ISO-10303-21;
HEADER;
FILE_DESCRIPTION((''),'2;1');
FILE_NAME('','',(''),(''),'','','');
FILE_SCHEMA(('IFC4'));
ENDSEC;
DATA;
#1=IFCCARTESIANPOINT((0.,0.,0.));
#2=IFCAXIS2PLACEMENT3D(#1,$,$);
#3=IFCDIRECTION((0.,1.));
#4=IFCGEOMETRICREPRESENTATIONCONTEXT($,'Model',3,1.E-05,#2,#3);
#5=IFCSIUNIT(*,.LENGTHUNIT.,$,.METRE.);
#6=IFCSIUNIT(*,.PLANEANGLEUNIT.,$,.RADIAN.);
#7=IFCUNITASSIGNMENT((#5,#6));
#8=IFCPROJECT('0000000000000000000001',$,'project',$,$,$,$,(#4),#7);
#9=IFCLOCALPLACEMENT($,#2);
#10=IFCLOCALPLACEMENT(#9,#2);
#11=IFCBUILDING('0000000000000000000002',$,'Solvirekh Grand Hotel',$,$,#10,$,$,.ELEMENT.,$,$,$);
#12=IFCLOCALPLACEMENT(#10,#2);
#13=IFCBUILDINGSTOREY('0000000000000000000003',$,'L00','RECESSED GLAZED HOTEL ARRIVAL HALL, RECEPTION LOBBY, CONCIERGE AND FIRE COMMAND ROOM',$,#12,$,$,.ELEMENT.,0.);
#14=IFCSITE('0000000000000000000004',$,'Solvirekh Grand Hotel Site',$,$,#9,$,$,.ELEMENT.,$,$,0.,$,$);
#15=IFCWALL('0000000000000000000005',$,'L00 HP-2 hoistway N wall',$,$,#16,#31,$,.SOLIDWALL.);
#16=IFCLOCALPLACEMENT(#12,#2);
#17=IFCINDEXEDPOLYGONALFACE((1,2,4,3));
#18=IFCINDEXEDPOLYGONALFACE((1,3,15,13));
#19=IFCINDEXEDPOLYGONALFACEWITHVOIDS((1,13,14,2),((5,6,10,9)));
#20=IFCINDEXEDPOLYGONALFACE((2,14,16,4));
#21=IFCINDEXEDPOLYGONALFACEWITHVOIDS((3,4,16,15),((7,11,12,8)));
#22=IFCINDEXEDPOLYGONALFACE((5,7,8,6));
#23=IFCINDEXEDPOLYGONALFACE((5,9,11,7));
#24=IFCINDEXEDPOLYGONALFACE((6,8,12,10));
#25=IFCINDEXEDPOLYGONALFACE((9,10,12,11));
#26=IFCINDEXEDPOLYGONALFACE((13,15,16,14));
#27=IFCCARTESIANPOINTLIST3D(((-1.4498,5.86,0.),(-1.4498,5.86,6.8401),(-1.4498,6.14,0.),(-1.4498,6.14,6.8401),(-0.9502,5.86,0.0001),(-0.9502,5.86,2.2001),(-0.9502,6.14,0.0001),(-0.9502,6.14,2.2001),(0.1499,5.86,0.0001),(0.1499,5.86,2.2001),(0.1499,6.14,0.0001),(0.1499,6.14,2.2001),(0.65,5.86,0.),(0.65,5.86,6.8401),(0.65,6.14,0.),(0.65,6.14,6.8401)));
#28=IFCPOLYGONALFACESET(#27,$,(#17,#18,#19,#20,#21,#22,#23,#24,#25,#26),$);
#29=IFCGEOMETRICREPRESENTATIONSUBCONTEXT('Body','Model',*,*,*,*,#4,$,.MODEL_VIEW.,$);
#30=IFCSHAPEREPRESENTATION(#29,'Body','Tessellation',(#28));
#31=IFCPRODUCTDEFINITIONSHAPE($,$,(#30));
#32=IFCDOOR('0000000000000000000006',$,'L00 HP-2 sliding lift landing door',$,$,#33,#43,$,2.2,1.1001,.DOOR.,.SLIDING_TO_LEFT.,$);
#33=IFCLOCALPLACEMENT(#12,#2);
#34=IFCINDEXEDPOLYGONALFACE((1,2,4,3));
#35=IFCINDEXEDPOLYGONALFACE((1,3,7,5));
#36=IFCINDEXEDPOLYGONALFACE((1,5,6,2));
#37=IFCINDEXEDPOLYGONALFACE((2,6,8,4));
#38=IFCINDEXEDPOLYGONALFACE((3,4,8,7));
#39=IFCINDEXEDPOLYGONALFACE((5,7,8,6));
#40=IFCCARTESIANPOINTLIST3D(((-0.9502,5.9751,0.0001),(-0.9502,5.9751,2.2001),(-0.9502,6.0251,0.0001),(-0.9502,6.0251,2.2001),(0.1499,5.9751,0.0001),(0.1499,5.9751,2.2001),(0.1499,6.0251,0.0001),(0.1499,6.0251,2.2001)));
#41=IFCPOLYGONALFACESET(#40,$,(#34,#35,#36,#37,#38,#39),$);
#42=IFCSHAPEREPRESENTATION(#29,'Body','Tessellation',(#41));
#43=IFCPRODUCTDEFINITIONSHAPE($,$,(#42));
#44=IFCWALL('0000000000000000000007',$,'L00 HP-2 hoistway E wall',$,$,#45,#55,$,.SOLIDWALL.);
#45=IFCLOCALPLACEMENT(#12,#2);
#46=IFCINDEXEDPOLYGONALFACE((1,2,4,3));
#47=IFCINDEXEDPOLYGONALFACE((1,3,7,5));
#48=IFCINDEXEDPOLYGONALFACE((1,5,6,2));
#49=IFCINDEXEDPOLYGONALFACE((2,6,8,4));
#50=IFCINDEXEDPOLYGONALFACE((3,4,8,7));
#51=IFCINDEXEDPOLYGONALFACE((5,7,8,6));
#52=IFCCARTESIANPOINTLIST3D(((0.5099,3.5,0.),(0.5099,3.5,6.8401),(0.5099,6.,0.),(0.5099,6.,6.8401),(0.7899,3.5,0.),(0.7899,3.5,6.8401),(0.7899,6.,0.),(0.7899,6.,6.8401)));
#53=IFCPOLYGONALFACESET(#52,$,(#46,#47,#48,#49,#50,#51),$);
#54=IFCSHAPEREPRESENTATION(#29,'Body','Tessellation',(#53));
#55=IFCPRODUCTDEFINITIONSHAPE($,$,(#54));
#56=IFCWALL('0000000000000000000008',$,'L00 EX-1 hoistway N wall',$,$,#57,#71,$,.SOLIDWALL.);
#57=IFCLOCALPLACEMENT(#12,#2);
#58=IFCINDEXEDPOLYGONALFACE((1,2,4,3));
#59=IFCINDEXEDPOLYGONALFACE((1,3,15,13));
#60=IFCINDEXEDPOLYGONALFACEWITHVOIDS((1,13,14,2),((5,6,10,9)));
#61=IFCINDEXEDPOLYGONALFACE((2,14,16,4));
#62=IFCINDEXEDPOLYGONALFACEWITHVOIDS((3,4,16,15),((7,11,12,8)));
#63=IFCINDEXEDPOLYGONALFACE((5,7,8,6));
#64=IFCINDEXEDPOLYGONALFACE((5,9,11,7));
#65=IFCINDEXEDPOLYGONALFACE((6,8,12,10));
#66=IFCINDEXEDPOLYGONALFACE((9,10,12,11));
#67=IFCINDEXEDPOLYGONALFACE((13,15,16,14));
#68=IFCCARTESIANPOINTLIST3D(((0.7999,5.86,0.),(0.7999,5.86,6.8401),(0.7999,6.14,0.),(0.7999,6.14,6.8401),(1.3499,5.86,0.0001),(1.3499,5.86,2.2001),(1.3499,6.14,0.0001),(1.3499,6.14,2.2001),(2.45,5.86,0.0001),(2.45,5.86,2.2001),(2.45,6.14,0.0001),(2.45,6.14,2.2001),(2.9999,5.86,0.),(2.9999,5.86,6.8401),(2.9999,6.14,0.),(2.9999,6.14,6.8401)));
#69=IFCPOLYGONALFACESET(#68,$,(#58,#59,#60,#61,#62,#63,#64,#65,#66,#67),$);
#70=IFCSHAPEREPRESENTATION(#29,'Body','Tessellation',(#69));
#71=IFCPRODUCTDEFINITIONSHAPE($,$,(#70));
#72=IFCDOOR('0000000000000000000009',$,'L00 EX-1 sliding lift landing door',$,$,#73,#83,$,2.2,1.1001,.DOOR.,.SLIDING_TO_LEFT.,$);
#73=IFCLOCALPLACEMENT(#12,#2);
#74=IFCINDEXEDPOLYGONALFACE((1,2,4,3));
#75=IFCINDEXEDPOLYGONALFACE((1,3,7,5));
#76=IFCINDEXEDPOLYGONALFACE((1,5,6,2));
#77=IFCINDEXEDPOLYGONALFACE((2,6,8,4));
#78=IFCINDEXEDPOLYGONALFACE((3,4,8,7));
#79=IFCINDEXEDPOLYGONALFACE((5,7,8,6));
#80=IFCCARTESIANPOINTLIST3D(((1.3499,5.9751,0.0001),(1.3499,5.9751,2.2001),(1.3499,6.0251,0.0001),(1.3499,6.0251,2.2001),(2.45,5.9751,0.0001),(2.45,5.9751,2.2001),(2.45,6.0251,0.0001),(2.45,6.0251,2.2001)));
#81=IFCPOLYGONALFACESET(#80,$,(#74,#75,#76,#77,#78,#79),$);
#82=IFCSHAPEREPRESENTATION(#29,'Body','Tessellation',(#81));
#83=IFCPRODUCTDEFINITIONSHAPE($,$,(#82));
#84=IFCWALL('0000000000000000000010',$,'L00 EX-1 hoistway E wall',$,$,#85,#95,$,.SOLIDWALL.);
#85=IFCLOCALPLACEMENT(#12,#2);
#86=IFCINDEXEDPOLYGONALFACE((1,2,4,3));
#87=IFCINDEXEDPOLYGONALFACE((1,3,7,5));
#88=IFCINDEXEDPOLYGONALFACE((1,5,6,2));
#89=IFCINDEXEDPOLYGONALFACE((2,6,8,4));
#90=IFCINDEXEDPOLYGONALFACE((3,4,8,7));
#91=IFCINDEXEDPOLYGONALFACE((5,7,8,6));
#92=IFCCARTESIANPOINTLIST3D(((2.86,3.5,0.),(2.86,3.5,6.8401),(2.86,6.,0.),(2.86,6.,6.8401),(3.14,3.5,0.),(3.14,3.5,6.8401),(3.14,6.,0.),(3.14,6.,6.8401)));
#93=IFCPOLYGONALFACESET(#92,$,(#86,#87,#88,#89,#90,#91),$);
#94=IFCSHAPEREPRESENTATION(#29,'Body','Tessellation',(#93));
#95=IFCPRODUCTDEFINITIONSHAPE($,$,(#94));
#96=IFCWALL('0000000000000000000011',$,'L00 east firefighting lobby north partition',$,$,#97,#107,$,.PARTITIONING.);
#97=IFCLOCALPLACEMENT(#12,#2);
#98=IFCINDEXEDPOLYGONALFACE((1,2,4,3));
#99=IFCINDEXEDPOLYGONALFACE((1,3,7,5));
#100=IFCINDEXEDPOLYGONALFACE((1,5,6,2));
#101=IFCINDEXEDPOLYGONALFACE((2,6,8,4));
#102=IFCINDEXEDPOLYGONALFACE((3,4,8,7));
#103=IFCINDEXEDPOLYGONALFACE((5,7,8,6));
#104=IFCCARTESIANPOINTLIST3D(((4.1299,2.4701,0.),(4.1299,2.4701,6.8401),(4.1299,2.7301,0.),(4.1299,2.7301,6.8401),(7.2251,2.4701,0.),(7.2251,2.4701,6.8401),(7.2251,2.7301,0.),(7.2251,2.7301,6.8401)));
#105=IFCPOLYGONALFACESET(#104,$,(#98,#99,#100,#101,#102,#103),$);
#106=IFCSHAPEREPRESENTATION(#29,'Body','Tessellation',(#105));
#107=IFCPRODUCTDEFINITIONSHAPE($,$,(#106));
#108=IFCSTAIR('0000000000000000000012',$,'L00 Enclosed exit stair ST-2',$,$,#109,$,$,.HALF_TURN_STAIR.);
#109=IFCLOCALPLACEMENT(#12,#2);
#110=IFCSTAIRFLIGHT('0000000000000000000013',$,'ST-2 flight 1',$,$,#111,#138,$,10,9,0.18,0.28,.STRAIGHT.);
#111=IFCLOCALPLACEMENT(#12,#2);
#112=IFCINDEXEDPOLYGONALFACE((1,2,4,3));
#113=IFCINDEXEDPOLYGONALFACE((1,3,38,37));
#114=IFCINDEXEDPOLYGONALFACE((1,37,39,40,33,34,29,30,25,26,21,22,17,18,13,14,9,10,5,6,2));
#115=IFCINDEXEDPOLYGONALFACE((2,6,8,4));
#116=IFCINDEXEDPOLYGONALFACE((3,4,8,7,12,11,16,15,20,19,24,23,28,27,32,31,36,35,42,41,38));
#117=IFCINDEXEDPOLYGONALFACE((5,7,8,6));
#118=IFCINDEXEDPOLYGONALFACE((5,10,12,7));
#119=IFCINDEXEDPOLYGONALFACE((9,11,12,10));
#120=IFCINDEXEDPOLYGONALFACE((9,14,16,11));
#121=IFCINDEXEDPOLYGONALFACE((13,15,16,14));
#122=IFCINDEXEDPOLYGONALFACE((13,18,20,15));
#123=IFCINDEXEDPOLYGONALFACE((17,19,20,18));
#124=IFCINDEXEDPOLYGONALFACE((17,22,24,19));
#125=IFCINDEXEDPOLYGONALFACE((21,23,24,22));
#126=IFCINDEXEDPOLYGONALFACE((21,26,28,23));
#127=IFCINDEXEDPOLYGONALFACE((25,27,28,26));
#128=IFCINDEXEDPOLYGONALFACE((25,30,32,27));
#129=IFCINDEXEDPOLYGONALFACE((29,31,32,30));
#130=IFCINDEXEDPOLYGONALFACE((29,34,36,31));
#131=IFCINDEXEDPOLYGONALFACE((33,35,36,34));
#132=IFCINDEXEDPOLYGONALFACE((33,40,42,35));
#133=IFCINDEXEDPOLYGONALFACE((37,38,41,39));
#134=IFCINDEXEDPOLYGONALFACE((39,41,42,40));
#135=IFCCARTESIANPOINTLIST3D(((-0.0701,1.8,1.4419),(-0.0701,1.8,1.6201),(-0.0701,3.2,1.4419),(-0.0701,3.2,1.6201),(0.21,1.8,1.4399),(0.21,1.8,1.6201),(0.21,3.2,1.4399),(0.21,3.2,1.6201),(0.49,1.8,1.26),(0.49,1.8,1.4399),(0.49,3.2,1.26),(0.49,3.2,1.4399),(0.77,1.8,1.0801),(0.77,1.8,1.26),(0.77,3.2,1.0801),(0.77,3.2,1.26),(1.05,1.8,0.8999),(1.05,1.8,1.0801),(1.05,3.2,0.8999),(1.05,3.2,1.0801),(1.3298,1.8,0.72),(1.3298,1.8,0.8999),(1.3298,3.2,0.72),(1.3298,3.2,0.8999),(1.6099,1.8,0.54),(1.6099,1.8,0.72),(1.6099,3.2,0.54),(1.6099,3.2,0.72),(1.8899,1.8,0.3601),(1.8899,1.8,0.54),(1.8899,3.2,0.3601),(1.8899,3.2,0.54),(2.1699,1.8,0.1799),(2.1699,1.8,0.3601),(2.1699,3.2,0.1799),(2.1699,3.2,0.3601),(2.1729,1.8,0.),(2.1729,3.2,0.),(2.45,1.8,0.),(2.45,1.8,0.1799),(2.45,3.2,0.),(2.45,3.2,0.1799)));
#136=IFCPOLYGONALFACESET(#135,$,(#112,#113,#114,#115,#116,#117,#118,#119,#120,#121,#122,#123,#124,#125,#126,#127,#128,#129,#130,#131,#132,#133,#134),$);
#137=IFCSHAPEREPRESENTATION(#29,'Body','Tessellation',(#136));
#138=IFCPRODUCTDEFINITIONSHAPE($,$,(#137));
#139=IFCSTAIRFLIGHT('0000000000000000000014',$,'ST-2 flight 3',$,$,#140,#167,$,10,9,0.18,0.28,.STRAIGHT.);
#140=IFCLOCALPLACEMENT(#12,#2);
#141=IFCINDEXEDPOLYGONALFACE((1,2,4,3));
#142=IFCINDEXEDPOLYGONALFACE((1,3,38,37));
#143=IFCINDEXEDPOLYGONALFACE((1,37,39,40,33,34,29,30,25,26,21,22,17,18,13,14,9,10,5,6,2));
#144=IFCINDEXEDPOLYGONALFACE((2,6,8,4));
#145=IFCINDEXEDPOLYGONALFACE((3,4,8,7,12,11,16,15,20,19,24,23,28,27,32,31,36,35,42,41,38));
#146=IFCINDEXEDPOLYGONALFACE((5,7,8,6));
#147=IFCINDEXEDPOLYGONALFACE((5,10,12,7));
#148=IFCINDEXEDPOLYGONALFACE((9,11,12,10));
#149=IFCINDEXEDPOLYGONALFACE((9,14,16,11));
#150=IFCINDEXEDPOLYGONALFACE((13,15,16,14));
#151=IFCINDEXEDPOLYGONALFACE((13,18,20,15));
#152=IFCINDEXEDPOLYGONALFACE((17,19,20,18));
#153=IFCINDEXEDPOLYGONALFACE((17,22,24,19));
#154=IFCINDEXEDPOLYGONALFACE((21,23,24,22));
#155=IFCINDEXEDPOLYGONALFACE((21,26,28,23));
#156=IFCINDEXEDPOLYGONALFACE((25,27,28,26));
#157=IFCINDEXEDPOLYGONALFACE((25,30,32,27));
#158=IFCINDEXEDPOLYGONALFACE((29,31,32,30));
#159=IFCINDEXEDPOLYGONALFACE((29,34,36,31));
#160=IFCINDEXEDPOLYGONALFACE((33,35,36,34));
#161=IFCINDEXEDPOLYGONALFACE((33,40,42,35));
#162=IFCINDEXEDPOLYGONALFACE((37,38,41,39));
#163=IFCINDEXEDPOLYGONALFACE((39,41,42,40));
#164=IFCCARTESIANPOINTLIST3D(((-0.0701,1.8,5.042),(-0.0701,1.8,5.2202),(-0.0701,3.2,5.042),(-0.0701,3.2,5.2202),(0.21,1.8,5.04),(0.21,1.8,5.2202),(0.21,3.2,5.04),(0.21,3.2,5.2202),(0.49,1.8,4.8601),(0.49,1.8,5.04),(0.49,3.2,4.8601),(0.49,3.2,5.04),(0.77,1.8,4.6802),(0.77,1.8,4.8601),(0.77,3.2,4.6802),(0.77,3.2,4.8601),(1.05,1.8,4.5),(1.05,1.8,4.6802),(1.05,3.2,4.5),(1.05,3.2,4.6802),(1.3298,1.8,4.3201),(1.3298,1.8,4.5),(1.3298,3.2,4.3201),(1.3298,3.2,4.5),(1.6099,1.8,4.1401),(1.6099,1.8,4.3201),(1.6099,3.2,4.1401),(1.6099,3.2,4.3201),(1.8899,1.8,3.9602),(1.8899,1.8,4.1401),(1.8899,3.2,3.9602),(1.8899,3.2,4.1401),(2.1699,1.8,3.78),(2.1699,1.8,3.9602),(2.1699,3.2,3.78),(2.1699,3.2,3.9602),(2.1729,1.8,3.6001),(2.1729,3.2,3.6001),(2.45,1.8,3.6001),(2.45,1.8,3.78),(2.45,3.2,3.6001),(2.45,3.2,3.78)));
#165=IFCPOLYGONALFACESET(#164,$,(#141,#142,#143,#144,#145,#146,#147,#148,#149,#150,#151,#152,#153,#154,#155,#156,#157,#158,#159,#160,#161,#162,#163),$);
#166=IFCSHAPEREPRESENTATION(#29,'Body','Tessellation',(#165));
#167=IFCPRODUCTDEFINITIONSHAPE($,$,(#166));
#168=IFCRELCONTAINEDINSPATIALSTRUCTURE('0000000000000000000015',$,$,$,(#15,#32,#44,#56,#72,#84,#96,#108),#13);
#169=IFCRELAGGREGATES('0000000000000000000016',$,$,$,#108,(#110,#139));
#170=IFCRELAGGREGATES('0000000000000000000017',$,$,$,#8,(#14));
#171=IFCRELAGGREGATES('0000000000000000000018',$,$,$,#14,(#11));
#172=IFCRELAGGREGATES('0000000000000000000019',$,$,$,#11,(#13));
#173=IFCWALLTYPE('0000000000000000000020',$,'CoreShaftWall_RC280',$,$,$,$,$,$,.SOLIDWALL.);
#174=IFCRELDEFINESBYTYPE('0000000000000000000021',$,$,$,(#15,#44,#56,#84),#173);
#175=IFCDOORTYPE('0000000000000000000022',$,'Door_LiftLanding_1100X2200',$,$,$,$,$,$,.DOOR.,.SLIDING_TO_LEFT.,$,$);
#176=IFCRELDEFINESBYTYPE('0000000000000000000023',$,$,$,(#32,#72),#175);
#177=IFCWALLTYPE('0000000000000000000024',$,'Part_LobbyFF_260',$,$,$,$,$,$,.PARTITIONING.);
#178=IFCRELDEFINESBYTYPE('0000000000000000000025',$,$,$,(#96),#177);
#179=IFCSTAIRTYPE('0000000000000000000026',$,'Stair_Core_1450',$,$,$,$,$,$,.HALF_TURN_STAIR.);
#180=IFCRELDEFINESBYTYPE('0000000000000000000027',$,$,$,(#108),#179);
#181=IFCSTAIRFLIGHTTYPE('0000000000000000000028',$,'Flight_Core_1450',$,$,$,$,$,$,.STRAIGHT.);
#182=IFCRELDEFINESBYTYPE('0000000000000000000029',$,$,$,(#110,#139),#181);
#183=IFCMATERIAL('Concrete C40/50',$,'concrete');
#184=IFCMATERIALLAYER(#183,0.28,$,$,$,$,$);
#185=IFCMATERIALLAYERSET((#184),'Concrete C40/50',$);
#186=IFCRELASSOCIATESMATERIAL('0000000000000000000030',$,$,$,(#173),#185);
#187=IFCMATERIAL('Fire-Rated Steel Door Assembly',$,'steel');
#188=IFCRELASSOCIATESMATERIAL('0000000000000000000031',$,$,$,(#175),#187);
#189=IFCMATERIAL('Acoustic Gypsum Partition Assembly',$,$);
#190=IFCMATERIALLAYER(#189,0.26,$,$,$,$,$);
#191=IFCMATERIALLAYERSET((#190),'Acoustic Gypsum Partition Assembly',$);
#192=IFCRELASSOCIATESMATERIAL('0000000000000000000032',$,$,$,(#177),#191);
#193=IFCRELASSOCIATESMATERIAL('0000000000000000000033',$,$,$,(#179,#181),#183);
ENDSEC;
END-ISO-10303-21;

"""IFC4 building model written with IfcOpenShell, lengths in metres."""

from ifc_helpers import new_model, si_unit, direction, frame, frame_2d, origin, place, context, subcontext, project, spatial, polyline, rectangle, outline, extrude, material, layer, layer_set, type_object, element, fill, aggregate, save


model = new_model("IFC4")

# Units and contexts
model_context = context("Model", 3, precision=1e-05, world=origin(), true_north=direction((0.0, 1.0)))
body_context = subcontext(model_context, "Body", "Model", "MODEL_VIEW")
ifc_project = project(units=[si_unit("LENGTHUNIT", "METRE"), si_unit("PLANEANGLEUNIT", "RADIAN")], contexts=[model_context])

# Site, building, storey
site_placement = place(None, origin())
site = spatial("IfcSite", under=ifc_project, at=site_placement, Name="Solvirekh Grand Hotel Site", CompositionType="ELEMENT", RefElevation=0.0)
building_placement = place(site_placement, origin())
building = spatial("IfcBuilding", under=site, at=building_placement, Name="Solvirekh Grand Hotel", CompositionType="ELEMENT")
storey_placement = place(building_placement, origin())
storey = spatial("IfcBuildingStorey", under=building, at=storey_placement, Name="L00", Description="RECESSED GLAZED HOTEL ARRIVAL HALL, RECEPTION LOBBY, CONCIERGE AND FIRE COMMAND ROOM", CompositionType="ELEMENT", Elevation=0.0)

# Wall, opening, door
ifc_material_1 = material(Name="Concrete C40/50", Category="concrete")
ifc_layer_1 = layer(ifc_material_1, 0.28)
ifc_layer_set_1 = layer_set([ifc_layer_1], Name="Concrete C40/50")
wall_type_1 = type_object("IfcWallType", Name="CoreShaftWall_RC280", PredefinedType="SOLIDWALL", material=ifc_layer_set_1)
wall_1_placement = place(storey_placement, frame((0.6499, 6.0, 0.0), z_axis=(0.0, 0.0, 1.0), x_axis=(-1.0, 0.0, 0.0)))
wall_1 = element("IfcWall", 1, at=wall_1_placement, inside=storey, type_object=wall_type_1, Name="L00 HP-2 hoistway N wall", PredefinedType="SOLIDWALL", context=body_context, shape_type="SweptSolid", body=[
    extrude(rectangle(XDim=2.0999, YDim=0.28, at=frame_2d((1.0498, 0.0))), origin(), (0.0, 0.0, 1.0), 6.8401),
])
opening_1_placement = place(wall_1_placement, frame((0.5, 0.0, 0.0)))
opening_1 = element("IfcOpeningElement", 2, at=opening_1_placement, cuts=wall_1, PredefinedType="OPENING", context=body_context, shape_type="SweptSolid", body=[
    extrude(rectangle(XDim=1.1001, YDim=2.2, at=frame_2d((0.55, 1.1001))), frame((0.0, 0.1499, 0.0), z_axis=(0.0, -1.0, 0.0), x_axis=(1.0, 0.0, 0.0)), (0.0, 0.0, 1.0), 0.3),
])
ifc_material_2 = material(Name="Fire-Rated Steel Door Assembly", Category="steel")
door_type = type_object("IfcDoorType", Name="Door_LiftLanding_1100X2200", OperationType="SLIDING_TO_LEFT", PredefinedType="DOOR", material=ifc_material_2)
door_1_placement = place(opening_1_placement, origin())
door_1 = element("IfcDoor", 3, at=door_1_placement, inside=storey, type_object=door_type, Name="L00 HP-2 sliding lift landing door", OperationType="SLIDING_TO_LEFT", OverallHeight=2.2, OverallWidth=1.1001, PredefinedType="DOOR", context=body_context, shape_type="SweptSolid", body=[
    extrude(rectangle(XDim=1.1001, YDim=2.2, at=frame_2d((0.55, 1.1001))), frame((0.0, 0.0249, 0.0), z_axis=(0.0, -1.0, 0.0), x_axis=(1.0, 0.0, 0.0)), (0.0, 0.0, 1.0), 0.05),
])
fill(opening_1, door_1)

# Wall
wall_2_placement = place(storey_placement, frame((0.6499, 3.5, 0.0), z_axis=(0.0, 0.0, 1.0), x_axis=(0.0, 1.0, 0.0)))
element("IfcWall", 4, at=wall_2_placement, inside=storey, type_object=wall_type_1, Name="L00 HP-2 hoistway E wall", PredefinedType="SOLIDWALL", context=body_context, shape_type="SweptSolid", body=[
    extrude(rectangle(XDim=2.5, YDim=0.28, at=frame_2d((1.25, 0.0))), origin(), (0.0, 0.0, 1.0), 6.8401),
])

# Wall, opening, door
wall_3_placement = place(storey_placement, frame((3.0, 6.0, 0.0), z_axis=(0.0, 0.0, 1.0), x_axis=(-1.0, 0.0, 0.0)))
wall_3 = element("IfcWall", 5, at=wall_3_placement, inside=storey, type_object=wall_type_1, Name="L00 EX-1 hoistway N wall", PredefinedType="SOLIDWALL", context=body_context, shape_type="SweptSolid", body=[
    extrude(rectangle(XDim=2.2, YDim=0.28, at=frame_2d((1.1001, 0.0))), origin(), (0.0, 0.0, 1.0), 6.8401),
])
opening_2_placement = place(wall_3_placement, frame((0.55, 0.0, 0.0)))
opening_2 = element("IfcOpeningElement", 6, at=opening_2_placement, cuts=wall_3, PredefinedType="OPENING", context=body_context, shape_type="SweptSolid", body=[
    extrude(rectangle(XDim=1.1001, YDim=2.2, at=frame_2d((0.55, 1.1001))), frame((0.0, 0.1499, 0.0), z_axis=(0.0, -1.0, 0.0), x_axis=(1.0, 0.0, 0.0)), (0.0, 0.0, 1.0), 0.3),
])
door_2_placement = place(opening_2_placement, origin())
door_2 = element("IfcDoor", 7, at=door_2_placement, inside=storey, type_object=door_type, Name="L00 EX-1 sliding lift landing door", OperationType="SLIDING_TO_LEFT", OverallHeight=2.2, OverallWidth=1.1001, PredefinedType="DOOR", context=body_context, shape_type="SweptSolid", body=[
    extrude(rectangle(XDim=1.1001, YDim=2.2, at=frame_2d((0.55, 1.1001))), frame((0.0, 0.0249, 0.0), z_axis=(0.0, -1.0, 0.0), x_axis=(1.0, 0.0, 0.0)), (0.0, 0.0, 1.0), 0.05),
])
fill(opening_2, door_2)

# Walls
wall_4_placement = place(storey_placement, frame((3.0, 3.5, 0.0), z_axis=(0.0, 0.0, 1.0), x_axis=(0.0, 1.0, 0.0)))
element("IfcWall", 8, at=wall_4_placement, inside=storey, type_object=wall_type_1, Name="L00 EX-1 hoistway E wall", PredefinedType="SOLIDWALL", context=body_context, shape_type="SweptSolid", body=[
    extrude(rectangle(XDim=2.5, YDim=0.28, at=frame_2d((1.25, 0.0))), origin(), (0.0, 0.0, 1.0), 6.8401),
])
ifc_material_3 = material(Name="Acoustic Gypsum Partition Assembly")
ifc_layer_2 = layer(ifc_material_3, 0.26)
ifc_layer_set_2 = layer_set([ifc_layer_2], Name="Acoustic Gypsum Partition Assembly")
wall_type_2 = type_object("IfcWallType", Name="Part_LobbyFF_260", PredefinedType="PARTITIONING", material=ifc_layer_set_2)
wall_5_placement = place(storey_placement, frame((4.1299, 2.6001, 0.0), z_axis=(0.0, 0.0, 1.0), x_axis=(1.0, 0.0, 0.0)))
element("IfcWall", 9, at=wall_5_placement, inside=storey, type_object=wall_type_2, Name="L00 east firefighting lobby north partition", PredefinedType="PARTITIONING", context=body_context, shape_type="SweptSolid", body=[
    extrude(rectangle(XDim=3.0952, YDim=0.26, at=frame_2d((1.5476, 0.0))), origin(), (0.0, 0.0, 1.0), 6.8401),
])

# Stair, stair flights
stair_type = type_object("IfcStairType", Name="Stair_Core_1450", PredefinedType="HALF_TURN_STAIR", material=ifc_material_1)
stair_placement = place(storey_placement, origin())
stair = element("IfcStair", 10, at=stair_placement, inside=storey, type_object=stair_type, Name="L00 Enclosed exit stair ST-2", PredefinedType="HALF_TURN_STAIR")
stair_flight_type = type_object("IfcStairFlightType", Name="Flight_Core_1450", PredefinedType="STRAIGHT", material=ifc_material_1)
stair_flight_1_placement = place(storey_placement, frame((2.45, 2.5, 0.0), z_axis=(0.0, 0.0, 1.0), x_axis=(-1.0, 0.0, 0.0)))
stair_flight_1 = element("IfcStairFlight", 11, at=stair_flight_1_placement, type_object=stair_flight_type, Name="ST-2 flight 1", NumberOfRisers=10, NumberOfTreads=9, PredefinedType="STRAIGHT", RiserHeight=0.18, TreadLength=0.28, context=body_context, shape_type="SweptSolid", body=[
    extrude(outline(polyline([(0.0, 0.0), (0.0, 0.1799), (0.28, 0.1799), (0.28, 0.3601), (0.5601, 0.3601), (0.5601, 0.54), (0.8401, 0.54), (0.8401, 0.72), (1.1201, 0.72), (1.1201, 0.8999), (1.3999, 0.8999), (1.3999, 1.0801), (1.6799, 1.0801), (1.6799, 1.26), (1.96, 1.26), (1.96, 1.4399), (2.24, 1.4399), (2.24, 1.6201), (2.52, 1.6201), (2.52, 1.8), (2.52, 1.4419), (0.2771, 0.0), (0.0, 0.0)])), frame((0.0, 0.7, 0.0), z_axis=(0.0, -1.0, 0.0), x_axis=(1.0, 0.0, 0.0)), (0.0, 0.0, 1.0), 1.3999),
])
stair_flight_2_placement = place(storey_placement, frame((2.45, 2.5, 3.6001), z_axis=(0.0, 0.0, 1.0), x_axis=(-1.0, 0.0, 0.0)))
stair_flight_2 = element("IfcStairFlight", 12, at=stair_flight_2_placement, type_object=stair_flight_type, Name="ST-2 flight 3", NumberOfRisers=10, NumberOfTreads=9, PredefinedType="STRAIGHT", RiserHeight=0.18, TreadLength=0.28, context=body_context, shape_type="SweptSolid", body=[
    extrude(outline(polyline([(0.0, 0.0), (0.0, 0.1799), (0.28, 0.1799), (0.28, 0.3601), (0.5601, 0.3601), (0.5601, 0.54), (0.8401, 0.54), (0.8401, 0.72), (1.1201, 0.72), (1.1201, 0.8999), (1.3999, 0.8999), (1.3999, 1.0801), (1.6799, 1.0801), (1.6799, 1.26), (1.96, 1.26), (1.96, 1.4399), (2.24, 1.4399), (2.24, 1.6201), (2.52, 1.6201), (2.52, 1.8), (2.52, 1.4419), (0.2771, 0.0), (0.0, 0.0)])), frame((0.0, 0.7, 0.0), z_axis=(0.0, -1.0, 0.0), x_axis=(1.0, 0.0, 0.0)), (0.0, 0.0, 1.0), 1.3999),
])
aggregate(stair, [stair_flight_1, stair_flight_2])

save(model, "model.ifc")
